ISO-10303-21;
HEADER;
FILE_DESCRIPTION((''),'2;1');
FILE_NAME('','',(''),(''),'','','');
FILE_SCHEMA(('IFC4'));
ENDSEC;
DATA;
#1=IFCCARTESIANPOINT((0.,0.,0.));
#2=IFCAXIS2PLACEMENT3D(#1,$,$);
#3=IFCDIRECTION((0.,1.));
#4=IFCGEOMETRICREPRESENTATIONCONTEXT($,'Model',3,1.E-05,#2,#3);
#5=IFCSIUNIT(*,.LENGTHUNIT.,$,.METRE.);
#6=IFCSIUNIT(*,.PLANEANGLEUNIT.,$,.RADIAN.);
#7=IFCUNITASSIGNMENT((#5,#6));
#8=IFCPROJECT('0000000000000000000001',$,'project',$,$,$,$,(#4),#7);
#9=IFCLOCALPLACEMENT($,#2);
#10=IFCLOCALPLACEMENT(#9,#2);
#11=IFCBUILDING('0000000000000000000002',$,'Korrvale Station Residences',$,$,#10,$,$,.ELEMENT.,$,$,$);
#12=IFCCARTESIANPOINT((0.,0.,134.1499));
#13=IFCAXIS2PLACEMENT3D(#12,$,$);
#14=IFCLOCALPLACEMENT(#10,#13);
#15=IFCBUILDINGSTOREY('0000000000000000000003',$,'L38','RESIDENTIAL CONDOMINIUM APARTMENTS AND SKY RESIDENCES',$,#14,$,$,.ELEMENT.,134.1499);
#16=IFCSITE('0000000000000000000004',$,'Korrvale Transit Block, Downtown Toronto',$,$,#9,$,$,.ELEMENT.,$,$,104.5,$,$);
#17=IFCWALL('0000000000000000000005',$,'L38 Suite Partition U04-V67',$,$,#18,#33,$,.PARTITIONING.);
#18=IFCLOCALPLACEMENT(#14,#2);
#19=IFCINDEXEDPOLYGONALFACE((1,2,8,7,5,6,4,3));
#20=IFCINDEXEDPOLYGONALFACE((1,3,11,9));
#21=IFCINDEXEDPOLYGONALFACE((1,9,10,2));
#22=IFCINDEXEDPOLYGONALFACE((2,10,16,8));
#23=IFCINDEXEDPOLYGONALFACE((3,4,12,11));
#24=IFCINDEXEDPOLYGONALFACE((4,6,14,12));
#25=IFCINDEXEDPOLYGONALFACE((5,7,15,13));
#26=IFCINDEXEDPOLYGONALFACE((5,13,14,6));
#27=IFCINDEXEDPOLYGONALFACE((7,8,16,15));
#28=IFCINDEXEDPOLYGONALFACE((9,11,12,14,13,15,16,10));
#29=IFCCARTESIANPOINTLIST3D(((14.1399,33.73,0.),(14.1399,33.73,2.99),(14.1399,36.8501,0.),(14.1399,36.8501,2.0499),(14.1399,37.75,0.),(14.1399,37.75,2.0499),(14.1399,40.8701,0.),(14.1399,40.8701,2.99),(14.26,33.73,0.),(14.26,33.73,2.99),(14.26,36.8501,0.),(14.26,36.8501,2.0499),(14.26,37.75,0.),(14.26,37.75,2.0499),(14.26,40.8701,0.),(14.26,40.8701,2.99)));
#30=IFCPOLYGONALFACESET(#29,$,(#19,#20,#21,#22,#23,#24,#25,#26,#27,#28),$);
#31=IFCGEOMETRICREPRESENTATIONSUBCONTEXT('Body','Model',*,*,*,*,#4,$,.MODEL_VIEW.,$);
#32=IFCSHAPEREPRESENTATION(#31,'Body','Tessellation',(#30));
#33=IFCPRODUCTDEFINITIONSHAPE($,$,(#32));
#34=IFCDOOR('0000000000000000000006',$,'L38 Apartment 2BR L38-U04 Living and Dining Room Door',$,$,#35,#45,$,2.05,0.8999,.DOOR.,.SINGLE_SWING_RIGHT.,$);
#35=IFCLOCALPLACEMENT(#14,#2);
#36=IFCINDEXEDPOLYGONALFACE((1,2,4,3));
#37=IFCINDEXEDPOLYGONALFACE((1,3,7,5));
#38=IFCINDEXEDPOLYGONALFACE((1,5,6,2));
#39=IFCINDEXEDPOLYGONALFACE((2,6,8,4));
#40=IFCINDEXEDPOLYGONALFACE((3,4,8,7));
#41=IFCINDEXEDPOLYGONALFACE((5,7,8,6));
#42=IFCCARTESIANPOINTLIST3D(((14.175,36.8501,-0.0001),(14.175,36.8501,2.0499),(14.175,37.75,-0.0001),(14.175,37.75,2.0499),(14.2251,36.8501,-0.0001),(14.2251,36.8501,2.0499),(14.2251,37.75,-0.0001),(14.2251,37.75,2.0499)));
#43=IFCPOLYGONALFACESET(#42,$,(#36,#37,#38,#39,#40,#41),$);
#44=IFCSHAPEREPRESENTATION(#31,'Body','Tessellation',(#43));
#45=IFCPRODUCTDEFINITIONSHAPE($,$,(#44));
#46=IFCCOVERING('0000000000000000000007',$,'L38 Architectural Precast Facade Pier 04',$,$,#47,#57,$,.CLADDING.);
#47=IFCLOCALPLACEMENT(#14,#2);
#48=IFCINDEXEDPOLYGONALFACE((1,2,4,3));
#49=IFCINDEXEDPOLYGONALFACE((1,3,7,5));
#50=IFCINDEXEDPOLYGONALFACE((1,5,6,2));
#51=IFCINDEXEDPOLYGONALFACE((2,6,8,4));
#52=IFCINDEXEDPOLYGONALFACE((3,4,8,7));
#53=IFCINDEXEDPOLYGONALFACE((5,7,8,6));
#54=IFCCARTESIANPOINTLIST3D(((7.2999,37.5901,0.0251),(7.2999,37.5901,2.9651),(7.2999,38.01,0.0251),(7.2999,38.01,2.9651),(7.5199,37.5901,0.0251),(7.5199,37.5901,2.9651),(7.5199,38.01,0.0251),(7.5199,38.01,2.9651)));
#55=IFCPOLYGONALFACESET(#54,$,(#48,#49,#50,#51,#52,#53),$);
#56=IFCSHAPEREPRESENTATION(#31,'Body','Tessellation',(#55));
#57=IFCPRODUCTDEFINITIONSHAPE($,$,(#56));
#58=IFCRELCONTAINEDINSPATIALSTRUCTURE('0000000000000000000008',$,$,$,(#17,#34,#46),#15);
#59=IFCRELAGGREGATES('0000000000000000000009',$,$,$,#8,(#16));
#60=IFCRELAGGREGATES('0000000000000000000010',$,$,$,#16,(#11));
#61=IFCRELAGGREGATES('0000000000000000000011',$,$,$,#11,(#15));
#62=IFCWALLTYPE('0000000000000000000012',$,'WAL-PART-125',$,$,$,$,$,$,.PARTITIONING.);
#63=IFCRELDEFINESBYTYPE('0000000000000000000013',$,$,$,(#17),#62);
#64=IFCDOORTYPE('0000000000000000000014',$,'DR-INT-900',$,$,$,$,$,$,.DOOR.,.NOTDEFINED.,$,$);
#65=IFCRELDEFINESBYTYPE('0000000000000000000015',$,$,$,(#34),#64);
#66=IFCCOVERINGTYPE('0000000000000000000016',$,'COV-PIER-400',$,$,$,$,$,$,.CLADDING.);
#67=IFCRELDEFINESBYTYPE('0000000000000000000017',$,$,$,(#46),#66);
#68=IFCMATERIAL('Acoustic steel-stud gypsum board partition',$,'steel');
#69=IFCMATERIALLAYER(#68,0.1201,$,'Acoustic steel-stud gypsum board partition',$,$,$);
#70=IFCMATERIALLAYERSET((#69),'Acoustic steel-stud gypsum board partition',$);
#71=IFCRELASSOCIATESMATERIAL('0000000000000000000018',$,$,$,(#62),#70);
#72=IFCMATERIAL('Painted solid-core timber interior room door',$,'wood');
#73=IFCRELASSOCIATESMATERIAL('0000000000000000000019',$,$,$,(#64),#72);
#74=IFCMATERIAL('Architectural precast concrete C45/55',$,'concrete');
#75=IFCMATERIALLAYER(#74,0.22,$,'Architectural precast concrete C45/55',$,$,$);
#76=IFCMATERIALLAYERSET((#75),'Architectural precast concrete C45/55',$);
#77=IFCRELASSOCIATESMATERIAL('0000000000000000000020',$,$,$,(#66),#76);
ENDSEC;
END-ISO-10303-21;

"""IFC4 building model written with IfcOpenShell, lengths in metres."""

from ifc_helpers import new_model, si_unit, direction, frame, frame_2d, origin, origin_2d, place, context, subcontext, project, spatial, rectangle, extrude, material, layer, layer_set, type_object, element, fill, save


model = new_model("IFC4")

# Units and contexts
model_context = context("Model", 3, precision=1e-05, world=origin(), true_north=direction((0.0, 1.0)))
body_context = subcontext(model_context, "Body", "Model", "MODEL_VIEW")
ifc_project = project(units=[si_unit("LENGTHUNIT", "METRE"), si_unit("PLANEANGLEUNIT", "RADIAN")], contexts=[model_context])

# Site, building, storey
site_placement = place(None, origin())
site = spatial("IfcSite", under=ifc_project, at=site_placement, Name="Korrvale Transit Block, Downtown Toronto", CompositionType="ELEMENT", RefElevation=104.5)
building_placement = place(site_placement, origin())
building = spatial("IfcBuilding", under=site, at=building_placement, Name="Korrvale Station Residences", CompositionType="ELEMENT")
storey_placement = place(building_placement, frame((0.0, 0.0, 134.1499)))
storey = spatial("IfcBuildingStorey", under=building, at=storey_placement, Name="L38", Description="RESIDENTIAL CONDOMINIUM APARTMENTS AND SKY RESIDENCES", CompositionType="ELEMENT", Elevation=134.1499)

# Shared definitions
ifc_material_1 = material(Name="Acoustic steel-stud gypsum board partition", Category="steel")
ifc_layer_1 = layer(ifc_material_1, 0.1201, Name="Acoustic steel-stud gypsum board partition")
ifc_layer_set_1 = layer_set([ifc_layer_1], Name="Acoustic steel-stud gypsum board partition")
wall_type_1 = type_object("IfcWallType", Name="WAL-PART-125", PredefinedType="PARTITIONING", material=ifc_layer_set_1)

# Wall, opening, door
ifc_material_2 = material(Name="Painted solid-core timber interior room door", Category="wood")
door_type_1 = type_object("IfcDoorType", Name="DR-INT-900", OperationType="NOTDEFINED", PredefinedType="DOOR", material=ifc_material_2)
wall_1_placement = place(storey_placement, frame((14.2, 33.73, 0.0), z_axis=(0.0, 0.0, 1.0), x_axis=(0.0, 1.0, 0.0)))
wall_1 = element("IfcWall", 1, at=wall_1_placement, inside=storey, type_object=wall_type_1, Name="L38 Suite Partition U04-V67", PredefinedType="PARTITIONING", context=body_context, shape_type="SweptSolid", body=[
    extrude(rectangle(XDim=7.1401, YDim=0.1201, at=frame_2d((3.5701, 0.0))), origin(), (0.0, 0.0, 1.0), 2.99),
])
opening_1_placement = place(wall_1_placement, frame((3.1201, 0.0, 0.0)))
opening_1 = element("IfcOpeningElement", 2, at=opening_1_placement, cuts=wall_1, PredefinedType="OPENING", context=body_context, shape_type="SweptSolid", body=[
    extrude(rectangle(XDim=0.8999, YDim=2.05, at=frame_2d((0.45, 1.0249))), frame((0.0, 0.0701, 0.0), z_axis=(0.0, -1.0, 0.0), x_axis=(1.0, 0.0, 0.0)), (0.0, 0.0, 1.0), 0.1401),
])
door_1_placement = place(opening_1_placement, origin())
door_1 = element("IfcDoor", 3, at=door_1_placement, inside=storey, type_object=door_type_1, Name="L38 Apartment 2BR L38-U04 Living and Dining Room Door", OperationType="SINGLE_SWING_RIGHT", OverallHeight=2.05, OverallWidth=0.8999, PredefinedType="DOOR", context=body_context, shape_type="SweptSolid", body=[
    extrude(rectangle(XDim=0.8999, YDim=2.05, at=frame_2d((0.45, 1.0249))), frame((0.0, 0.0249, 0.0), z_axis=(0.0, -1.0, 0.0), x_axis=(1.0, 0.0, 0.0)), (0.0, 0.0, 1.0), 0.05),
])
fill(opening_1, door_1)

# Covering
ifc_material_3 = material(Name="Architectural precast concrete C45/55", Category="concrete")
ifc_layer_2 = layer(ifc_material_3, 0.22, Name="Architectural precast concrete C45/55")
ifc_layer_set_2 = layer_set([ifc_layer_2], Name="Architectural precast concrete C45/55")
covering_type = type_object("IfcCoveringType", Name="COV-PIER-400", PredefinedType="CLADDING", material=ifc_layer_set_2)
covering_placement = place(storey_placement, frame((7.4099, 37.8, 0.0251), z_axis=(0.0, 0.0, 1.0), x_axis=(0.0, 1.0, 0.0)))
element("IfcCovering", 4, at=covering_placement, inside=storey, type_object=covering_type, Name="L38 Architectural Precast Facade Pier 04", PredefinedType="CLADDING", context=body_context, shape_type="SweptSolid", body=[
    extrude(rectangle(XDim=0.4199, YDim=0.22, at=origin_2d()), origin(), (0.0, 0.0, 1.0), 2.9399),
])

save(model, "model.ifc")
